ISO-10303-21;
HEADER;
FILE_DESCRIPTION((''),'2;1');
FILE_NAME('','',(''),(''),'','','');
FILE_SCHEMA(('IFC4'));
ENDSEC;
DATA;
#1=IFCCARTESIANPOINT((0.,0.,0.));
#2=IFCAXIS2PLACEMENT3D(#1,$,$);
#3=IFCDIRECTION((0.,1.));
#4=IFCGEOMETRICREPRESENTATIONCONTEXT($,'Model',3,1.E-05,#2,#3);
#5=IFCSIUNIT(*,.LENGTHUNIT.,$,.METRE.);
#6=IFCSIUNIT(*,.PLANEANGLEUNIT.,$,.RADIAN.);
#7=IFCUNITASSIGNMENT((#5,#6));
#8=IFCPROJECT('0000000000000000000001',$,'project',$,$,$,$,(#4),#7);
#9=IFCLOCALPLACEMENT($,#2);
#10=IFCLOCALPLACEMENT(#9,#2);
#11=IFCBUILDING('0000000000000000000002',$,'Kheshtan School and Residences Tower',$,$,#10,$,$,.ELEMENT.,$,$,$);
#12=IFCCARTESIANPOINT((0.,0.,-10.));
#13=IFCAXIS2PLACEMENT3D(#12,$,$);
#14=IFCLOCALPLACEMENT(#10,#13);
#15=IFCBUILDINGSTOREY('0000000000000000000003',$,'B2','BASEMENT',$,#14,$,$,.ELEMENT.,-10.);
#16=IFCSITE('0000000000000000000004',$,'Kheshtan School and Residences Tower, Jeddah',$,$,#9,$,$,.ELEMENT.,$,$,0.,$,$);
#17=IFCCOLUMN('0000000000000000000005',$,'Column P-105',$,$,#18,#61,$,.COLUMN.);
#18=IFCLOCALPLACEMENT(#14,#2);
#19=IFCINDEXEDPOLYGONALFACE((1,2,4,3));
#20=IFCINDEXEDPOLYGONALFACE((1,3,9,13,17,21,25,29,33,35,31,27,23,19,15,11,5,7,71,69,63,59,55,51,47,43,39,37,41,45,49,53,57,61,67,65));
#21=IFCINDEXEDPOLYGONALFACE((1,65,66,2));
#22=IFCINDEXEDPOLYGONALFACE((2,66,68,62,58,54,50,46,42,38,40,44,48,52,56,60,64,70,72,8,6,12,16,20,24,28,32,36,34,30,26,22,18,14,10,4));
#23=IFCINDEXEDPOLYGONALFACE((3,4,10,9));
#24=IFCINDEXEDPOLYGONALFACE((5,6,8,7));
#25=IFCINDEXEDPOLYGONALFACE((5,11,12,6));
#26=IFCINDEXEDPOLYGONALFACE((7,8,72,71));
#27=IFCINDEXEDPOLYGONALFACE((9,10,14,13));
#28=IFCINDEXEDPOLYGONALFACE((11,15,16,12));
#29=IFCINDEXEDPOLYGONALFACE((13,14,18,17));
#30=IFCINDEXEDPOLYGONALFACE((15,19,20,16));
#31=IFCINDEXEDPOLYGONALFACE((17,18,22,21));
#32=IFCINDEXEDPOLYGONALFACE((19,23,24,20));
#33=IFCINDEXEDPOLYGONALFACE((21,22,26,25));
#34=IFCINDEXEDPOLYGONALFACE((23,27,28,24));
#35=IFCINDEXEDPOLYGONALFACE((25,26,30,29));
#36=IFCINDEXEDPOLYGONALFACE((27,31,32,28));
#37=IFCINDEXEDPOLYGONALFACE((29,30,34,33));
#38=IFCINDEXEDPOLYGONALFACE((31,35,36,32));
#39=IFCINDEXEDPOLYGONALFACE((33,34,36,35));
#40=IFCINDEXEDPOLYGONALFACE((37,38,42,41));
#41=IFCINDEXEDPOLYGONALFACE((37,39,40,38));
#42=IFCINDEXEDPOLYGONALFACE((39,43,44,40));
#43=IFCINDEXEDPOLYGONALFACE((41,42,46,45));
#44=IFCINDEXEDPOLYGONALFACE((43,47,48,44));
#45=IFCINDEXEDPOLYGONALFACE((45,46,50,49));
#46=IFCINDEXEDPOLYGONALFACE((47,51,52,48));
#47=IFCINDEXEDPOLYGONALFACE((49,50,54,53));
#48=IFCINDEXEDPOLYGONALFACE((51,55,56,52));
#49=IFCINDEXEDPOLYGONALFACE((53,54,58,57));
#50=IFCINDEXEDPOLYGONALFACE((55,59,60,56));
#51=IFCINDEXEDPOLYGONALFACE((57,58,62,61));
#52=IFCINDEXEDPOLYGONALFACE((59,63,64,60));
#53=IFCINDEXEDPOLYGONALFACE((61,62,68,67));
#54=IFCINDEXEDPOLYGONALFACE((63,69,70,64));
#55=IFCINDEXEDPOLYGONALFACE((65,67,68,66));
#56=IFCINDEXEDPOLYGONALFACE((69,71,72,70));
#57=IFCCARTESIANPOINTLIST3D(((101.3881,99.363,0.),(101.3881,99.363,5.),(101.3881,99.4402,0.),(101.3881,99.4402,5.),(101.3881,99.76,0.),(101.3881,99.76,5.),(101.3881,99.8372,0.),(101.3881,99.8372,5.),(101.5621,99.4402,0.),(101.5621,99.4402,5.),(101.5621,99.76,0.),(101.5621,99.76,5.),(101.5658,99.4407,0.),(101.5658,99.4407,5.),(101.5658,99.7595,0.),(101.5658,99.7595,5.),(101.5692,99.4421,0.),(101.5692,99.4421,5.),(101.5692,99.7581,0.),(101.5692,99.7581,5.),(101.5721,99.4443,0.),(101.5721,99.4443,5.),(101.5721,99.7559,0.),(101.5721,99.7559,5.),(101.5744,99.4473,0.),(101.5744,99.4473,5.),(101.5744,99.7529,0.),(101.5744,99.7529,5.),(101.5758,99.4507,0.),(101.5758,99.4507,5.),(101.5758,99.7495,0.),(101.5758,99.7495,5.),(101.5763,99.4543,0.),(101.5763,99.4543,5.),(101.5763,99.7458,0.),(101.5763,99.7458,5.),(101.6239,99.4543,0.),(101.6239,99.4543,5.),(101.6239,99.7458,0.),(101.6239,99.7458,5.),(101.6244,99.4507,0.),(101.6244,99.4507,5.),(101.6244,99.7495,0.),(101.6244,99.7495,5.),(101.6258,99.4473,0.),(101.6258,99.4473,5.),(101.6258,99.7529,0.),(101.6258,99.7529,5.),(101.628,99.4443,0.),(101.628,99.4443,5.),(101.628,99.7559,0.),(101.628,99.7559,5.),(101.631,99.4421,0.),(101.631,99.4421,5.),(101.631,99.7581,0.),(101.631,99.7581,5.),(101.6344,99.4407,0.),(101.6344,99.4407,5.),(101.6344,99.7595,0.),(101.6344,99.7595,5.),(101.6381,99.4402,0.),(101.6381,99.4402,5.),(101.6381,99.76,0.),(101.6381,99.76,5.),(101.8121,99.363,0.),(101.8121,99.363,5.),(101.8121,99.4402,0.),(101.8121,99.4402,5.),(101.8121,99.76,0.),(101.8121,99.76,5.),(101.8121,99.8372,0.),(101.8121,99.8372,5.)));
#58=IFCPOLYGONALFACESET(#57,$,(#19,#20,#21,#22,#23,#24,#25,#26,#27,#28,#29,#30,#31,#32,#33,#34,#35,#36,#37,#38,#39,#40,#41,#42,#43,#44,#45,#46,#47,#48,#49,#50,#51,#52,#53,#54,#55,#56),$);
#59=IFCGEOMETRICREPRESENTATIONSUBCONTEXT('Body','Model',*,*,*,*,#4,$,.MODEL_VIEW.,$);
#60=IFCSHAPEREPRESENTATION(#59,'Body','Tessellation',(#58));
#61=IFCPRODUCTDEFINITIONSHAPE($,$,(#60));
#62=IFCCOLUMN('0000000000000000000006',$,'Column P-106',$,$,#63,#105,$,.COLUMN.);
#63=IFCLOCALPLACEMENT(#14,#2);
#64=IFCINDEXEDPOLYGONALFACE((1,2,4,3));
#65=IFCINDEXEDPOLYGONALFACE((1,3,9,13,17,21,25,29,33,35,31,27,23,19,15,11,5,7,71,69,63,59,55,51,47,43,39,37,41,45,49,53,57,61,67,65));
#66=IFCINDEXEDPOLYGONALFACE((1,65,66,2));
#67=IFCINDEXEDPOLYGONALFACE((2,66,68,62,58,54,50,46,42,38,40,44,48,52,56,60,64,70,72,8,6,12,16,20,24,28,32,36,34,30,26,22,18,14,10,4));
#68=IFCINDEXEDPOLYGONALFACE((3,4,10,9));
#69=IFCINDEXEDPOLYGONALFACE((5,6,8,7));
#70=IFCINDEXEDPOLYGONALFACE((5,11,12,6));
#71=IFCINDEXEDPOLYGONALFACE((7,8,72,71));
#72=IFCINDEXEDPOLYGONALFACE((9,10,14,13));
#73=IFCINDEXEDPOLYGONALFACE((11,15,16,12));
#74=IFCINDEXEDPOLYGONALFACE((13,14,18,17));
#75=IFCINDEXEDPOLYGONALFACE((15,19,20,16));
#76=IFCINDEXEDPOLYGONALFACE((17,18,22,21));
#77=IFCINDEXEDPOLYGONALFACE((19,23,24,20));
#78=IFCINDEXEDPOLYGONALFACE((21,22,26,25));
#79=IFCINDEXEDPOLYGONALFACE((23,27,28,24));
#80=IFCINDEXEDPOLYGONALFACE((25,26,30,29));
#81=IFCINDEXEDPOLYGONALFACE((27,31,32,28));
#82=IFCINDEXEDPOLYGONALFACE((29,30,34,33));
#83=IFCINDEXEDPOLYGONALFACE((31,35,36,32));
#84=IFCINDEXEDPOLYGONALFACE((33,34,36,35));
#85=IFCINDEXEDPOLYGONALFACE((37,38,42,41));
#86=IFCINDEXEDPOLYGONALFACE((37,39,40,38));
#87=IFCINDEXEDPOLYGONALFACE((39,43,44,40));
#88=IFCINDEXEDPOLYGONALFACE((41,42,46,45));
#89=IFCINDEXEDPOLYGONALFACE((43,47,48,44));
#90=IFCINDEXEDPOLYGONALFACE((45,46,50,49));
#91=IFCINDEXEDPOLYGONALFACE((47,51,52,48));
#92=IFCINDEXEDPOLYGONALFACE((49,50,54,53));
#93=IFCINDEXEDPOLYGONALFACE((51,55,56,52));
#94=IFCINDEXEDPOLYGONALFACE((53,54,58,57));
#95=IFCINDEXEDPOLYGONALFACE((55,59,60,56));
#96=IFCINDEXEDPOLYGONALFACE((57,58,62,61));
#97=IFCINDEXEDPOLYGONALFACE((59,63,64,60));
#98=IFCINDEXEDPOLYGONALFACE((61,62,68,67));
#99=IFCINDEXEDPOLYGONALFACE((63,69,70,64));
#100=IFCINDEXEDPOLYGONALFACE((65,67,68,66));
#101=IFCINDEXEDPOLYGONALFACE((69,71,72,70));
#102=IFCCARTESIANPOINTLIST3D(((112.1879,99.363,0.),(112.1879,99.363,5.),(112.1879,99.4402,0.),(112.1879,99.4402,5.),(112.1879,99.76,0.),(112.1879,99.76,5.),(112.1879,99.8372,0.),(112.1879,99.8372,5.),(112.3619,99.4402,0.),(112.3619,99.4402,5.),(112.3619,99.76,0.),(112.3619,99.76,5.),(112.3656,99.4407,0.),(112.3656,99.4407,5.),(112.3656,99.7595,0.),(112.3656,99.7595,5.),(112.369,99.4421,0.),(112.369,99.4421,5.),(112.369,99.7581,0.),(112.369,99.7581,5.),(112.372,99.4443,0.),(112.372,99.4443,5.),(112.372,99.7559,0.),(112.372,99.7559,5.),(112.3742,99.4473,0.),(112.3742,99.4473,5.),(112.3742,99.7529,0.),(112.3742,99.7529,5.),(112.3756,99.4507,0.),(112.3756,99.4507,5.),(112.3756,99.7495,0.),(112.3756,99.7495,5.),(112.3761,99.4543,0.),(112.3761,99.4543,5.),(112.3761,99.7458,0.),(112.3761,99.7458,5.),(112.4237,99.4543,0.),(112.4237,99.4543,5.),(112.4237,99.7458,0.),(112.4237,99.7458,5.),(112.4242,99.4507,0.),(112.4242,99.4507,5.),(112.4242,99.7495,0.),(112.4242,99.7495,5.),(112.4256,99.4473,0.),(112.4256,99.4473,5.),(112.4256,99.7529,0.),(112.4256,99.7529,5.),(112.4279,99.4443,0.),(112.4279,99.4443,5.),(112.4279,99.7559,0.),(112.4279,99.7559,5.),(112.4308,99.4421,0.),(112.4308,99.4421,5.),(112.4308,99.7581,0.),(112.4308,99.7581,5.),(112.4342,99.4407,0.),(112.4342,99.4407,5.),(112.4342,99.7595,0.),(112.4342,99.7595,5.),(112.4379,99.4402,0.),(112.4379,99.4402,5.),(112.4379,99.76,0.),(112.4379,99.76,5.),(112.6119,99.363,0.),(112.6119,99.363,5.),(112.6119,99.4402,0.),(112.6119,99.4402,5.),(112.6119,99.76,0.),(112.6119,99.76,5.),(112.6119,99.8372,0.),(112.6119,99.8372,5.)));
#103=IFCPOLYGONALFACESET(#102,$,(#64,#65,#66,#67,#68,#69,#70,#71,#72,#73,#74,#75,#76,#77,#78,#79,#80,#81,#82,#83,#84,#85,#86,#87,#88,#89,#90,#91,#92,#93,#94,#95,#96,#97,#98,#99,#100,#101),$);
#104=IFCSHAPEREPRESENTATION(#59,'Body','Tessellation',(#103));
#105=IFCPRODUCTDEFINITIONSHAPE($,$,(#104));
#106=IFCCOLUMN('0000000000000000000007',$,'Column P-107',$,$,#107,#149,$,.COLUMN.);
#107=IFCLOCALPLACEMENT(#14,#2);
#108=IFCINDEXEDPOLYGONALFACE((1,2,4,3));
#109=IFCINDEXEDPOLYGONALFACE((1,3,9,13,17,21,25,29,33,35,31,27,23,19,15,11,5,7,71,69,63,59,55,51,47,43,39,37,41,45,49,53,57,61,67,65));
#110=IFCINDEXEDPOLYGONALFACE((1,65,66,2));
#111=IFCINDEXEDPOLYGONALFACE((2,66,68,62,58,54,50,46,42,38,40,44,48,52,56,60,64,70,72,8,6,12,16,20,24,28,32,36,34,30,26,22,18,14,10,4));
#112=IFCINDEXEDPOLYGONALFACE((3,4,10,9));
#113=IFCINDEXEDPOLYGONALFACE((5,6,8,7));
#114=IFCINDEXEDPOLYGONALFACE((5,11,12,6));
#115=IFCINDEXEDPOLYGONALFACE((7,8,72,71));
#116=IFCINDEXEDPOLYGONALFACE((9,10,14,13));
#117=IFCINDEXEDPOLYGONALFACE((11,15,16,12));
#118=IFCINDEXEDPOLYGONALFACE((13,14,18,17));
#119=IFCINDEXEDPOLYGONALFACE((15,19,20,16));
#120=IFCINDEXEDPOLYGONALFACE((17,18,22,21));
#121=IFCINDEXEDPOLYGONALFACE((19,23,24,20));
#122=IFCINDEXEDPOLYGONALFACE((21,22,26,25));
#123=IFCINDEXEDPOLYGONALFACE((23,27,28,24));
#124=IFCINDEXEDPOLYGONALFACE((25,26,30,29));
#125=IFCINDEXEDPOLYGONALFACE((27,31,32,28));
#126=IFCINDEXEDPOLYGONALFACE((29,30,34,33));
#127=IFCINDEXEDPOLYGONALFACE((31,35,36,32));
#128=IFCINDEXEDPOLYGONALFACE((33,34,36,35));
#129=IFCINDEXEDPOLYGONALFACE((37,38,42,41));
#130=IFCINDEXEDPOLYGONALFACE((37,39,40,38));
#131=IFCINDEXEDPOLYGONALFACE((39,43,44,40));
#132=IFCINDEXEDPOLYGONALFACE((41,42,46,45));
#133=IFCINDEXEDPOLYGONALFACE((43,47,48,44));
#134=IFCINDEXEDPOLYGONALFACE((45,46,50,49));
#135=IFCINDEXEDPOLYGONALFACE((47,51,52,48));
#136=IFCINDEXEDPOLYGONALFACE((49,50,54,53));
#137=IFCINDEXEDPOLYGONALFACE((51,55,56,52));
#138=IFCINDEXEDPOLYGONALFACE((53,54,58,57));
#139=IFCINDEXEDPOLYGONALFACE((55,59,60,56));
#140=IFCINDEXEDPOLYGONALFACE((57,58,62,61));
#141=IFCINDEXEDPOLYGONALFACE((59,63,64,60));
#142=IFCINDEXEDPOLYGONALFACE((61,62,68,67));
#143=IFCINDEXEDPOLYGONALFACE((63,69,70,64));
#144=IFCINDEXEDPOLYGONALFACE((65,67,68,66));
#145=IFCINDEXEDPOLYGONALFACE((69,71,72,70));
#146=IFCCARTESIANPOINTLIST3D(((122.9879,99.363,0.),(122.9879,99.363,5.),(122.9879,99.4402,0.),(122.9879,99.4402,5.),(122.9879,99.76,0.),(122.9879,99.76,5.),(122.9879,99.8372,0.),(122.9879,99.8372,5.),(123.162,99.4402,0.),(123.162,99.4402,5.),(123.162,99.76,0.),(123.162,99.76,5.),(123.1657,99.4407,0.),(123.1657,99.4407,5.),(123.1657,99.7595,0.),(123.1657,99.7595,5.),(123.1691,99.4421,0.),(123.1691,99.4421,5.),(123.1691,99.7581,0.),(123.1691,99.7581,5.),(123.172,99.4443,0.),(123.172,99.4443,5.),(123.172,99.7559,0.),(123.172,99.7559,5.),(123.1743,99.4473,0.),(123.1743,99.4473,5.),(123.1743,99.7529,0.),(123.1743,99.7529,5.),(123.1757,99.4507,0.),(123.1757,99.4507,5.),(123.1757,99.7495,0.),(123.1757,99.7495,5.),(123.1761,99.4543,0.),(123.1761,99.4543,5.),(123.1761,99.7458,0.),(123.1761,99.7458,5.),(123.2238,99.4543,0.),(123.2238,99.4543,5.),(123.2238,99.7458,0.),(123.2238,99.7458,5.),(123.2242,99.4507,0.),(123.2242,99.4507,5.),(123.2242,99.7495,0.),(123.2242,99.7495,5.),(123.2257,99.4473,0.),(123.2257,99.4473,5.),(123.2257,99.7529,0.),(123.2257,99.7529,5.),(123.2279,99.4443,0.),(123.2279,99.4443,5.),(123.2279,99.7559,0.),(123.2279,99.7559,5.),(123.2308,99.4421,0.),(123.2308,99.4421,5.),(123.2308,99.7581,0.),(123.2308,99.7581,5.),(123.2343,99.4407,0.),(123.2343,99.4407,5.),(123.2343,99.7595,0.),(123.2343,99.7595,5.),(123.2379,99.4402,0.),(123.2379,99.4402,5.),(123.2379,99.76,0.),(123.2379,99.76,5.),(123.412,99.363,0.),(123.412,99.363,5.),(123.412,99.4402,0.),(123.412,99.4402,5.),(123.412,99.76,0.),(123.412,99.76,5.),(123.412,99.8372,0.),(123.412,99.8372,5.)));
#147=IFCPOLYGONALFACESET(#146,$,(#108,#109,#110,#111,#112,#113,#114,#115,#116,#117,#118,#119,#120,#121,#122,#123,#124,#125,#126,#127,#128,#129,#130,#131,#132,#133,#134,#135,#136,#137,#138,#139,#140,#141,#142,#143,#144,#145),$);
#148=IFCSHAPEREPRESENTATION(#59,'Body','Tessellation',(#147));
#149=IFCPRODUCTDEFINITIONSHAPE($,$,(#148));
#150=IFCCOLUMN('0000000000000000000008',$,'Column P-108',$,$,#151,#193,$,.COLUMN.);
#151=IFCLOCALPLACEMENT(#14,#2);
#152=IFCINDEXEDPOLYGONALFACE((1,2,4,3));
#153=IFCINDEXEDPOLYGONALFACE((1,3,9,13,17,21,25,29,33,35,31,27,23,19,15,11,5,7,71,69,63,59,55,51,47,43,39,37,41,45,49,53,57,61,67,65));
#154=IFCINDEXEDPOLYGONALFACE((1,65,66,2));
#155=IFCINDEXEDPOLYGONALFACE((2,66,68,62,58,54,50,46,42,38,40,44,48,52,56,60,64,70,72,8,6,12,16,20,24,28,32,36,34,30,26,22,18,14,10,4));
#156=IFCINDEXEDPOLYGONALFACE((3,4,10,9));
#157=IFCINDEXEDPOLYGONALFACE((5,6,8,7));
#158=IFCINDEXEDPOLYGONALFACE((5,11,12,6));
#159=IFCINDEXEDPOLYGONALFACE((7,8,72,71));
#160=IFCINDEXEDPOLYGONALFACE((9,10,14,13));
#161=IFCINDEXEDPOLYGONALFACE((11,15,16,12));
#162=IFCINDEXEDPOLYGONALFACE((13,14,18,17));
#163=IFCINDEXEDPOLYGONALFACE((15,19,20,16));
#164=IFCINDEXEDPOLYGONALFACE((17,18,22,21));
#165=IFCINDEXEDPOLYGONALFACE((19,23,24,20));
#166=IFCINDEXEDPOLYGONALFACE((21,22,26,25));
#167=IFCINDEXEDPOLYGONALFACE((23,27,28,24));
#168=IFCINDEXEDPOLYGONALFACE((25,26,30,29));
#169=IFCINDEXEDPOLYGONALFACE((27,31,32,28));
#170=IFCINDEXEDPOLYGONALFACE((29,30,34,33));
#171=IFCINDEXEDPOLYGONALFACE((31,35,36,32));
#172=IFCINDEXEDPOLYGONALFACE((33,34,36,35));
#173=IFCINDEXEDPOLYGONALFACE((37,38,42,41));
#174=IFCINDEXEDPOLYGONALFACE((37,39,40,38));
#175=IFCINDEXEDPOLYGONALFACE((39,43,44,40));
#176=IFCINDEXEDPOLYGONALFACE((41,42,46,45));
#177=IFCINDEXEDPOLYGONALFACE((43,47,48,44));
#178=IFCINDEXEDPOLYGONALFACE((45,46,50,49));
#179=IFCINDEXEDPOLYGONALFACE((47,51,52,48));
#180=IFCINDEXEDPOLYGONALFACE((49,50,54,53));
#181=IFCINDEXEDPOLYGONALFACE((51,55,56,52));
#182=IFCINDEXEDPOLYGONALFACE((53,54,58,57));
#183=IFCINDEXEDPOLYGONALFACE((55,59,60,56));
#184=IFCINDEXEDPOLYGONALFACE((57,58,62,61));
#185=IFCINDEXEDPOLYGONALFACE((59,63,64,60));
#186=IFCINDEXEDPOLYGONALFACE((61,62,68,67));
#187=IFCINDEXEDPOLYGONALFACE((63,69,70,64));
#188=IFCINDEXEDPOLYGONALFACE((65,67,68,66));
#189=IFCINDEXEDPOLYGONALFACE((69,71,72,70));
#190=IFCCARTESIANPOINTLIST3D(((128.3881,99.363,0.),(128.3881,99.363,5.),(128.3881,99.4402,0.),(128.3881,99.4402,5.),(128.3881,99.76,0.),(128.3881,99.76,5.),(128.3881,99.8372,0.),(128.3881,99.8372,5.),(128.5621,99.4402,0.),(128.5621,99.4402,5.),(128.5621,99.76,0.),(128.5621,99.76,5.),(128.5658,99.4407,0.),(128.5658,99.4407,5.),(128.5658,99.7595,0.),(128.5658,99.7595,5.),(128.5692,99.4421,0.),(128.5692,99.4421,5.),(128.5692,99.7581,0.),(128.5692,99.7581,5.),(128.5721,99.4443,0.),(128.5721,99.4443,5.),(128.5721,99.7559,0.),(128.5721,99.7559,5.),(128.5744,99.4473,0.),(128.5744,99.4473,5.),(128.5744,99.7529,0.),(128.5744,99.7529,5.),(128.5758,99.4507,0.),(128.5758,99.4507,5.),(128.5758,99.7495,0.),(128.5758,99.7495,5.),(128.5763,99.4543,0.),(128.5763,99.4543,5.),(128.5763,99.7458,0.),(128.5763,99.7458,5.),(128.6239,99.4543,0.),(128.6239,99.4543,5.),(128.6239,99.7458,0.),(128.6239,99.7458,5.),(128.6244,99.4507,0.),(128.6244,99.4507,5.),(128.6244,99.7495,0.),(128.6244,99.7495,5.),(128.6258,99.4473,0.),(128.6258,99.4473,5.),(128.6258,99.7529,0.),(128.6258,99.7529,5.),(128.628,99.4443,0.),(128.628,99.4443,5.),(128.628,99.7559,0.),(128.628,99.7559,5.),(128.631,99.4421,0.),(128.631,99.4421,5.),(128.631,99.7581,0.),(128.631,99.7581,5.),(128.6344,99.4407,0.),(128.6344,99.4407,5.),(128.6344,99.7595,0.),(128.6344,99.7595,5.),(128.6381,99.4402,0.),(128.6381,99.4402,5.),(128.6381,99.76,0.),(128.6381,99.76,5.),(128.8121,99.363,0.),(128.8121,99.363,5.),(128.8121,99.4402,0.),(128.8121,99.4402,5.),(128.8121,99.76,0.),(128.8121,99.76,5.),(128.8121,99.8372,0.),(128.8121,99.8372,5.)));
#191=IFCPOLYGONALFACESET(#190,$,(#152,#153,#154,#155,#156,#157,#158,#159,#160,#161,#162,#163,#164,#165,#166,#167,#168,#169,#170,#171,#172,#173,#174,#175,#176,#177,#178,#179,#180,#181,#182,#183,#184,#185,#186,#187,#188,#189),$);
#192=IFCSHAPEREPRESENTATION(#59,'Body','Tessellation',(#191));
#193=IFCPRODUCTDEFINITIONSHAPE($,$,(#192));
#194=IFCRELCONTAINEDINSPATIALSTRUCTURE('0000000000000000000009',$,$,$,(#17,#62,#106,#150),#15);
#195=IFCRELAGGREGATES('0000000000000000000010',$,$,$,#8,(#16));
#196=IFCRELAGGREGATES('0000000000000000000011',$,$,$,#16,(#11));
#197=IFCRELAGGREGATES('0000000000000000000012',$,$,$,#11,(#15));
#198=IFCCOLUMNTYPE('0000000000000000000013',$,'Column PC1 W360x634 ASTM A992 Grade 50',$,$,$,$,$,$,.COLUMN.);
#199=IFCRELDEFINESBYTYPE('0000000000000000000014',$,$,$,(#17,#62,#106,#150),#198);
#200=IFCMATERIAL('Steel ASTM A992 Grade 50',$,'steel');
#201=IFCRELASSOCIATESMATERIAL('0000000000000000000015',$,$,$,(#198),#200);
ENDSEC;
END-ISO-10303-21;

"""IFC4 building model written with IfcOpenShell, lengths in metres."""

from ifc_helpers import new_model, si_unit, direction, frame, origin, origin_2d, place, context, subcontext, project, spatial, i_section, extrude, material, material_profile, profile_set, type_object, element, save


model = new_model("IFC4")

# Units and contexts
model_context = context("Model", 3, precision=1e-05, world=origin(), true_north=direction((0.0, 1.0)))
body_context = subcontext(model_context, "Body", "Model", "MODEL_VIEW")
ifc_project = project(units=[si_unit("LENGTHUNIT", "METRE"), si_unit("PLANEANGLEUNIT", "RADIAN")], contexts=[model_context])

# Site, building, storey
site_placement = place(None, origin())
site = spatial("IfcSite", under=ifc_project, at=site_placement, Name="Kheshtan School and Residences Tower, Jeddah", CompositionType="ELEMENT", RefElevation=0.0)
building_placement = place(site_placement, origin())
building = spatial("IfcBuilding", under=site, at=building_placement, Name="Kheshtan School and Residences Tower", CompositionType="ELEMENT")
storey_placement = place(building_placement, frame((0.0, 0.0, -10.0)))
storey = spatial("IfcBuildingStorey", under=building, at=storey_placement, Name="B2", Description="BASEMENT", CompositionType="ELEMENT", Elevation=-10.0)

# Columns
ifc_material_1 = material(Name="Steel ASTM A992 Grade 50", Category="steel")
ifc_material_profile = material_profile(ifc_material_1, i_section(OverallWidth=0.4241, OverallDepth=0.4741, WebThickness=0.0476, FlangeThickness=0.0771, FilletRadius=0.0142, at=origin_2d()), Name="W360x634")
ifc_profile_set = profile_set([ifc_material_profile], Name="Steel ASTM A992 Grade 50")
column_type = type_object("IfcColumnType", Name="Column PC1 W360x634 ASTM A992 Grade 50", PredefinedType="COLUMN", material=ifc_profile_set)
for number, where, z_axis, x_axis, name in (
    (1, (101.6001, 99.6001, 0.0), (0.0, 0.0, 1.0), (1.0, 0.0, 0.0), "Column P-105"),
    (2, (112.3999, 99.6001, 0.0), (0.0, 0.0, 1.0), (1.0, 0.0, 0.0), "Column P-106"),
    (3, (123.2, 99.6001, 0.0), (0.0, 0.0, 1.0), (1.0, 0.0, 0.0), "Column P-107"),
    (4, (128.6001, 99.6001, 0.0), (0.0, 0.0, 1.0), (1.0, 0.0, 0.0), "Column P-108"),
):
    element("IfcColumn", number, at=place(storey_placement, frame(where, z_axis=z_axis, x_axis=x_axis)), inside=storey, type_object=column_type, Name=name, PredefinedType="COLUMN", context=body_context, shape_type="SweptSolid", body=[
        extrude(i_section(OverallWidth=0.4241, OverallDepth=0.4741, WebThickness=0.0476, FlangeThickness=0.0771, FilletRadius=0.0142, at=origin_2d()), origin(), (0.0, 0.0, 1.0), 5.0),
    ])

save(model, "model.ifc")
